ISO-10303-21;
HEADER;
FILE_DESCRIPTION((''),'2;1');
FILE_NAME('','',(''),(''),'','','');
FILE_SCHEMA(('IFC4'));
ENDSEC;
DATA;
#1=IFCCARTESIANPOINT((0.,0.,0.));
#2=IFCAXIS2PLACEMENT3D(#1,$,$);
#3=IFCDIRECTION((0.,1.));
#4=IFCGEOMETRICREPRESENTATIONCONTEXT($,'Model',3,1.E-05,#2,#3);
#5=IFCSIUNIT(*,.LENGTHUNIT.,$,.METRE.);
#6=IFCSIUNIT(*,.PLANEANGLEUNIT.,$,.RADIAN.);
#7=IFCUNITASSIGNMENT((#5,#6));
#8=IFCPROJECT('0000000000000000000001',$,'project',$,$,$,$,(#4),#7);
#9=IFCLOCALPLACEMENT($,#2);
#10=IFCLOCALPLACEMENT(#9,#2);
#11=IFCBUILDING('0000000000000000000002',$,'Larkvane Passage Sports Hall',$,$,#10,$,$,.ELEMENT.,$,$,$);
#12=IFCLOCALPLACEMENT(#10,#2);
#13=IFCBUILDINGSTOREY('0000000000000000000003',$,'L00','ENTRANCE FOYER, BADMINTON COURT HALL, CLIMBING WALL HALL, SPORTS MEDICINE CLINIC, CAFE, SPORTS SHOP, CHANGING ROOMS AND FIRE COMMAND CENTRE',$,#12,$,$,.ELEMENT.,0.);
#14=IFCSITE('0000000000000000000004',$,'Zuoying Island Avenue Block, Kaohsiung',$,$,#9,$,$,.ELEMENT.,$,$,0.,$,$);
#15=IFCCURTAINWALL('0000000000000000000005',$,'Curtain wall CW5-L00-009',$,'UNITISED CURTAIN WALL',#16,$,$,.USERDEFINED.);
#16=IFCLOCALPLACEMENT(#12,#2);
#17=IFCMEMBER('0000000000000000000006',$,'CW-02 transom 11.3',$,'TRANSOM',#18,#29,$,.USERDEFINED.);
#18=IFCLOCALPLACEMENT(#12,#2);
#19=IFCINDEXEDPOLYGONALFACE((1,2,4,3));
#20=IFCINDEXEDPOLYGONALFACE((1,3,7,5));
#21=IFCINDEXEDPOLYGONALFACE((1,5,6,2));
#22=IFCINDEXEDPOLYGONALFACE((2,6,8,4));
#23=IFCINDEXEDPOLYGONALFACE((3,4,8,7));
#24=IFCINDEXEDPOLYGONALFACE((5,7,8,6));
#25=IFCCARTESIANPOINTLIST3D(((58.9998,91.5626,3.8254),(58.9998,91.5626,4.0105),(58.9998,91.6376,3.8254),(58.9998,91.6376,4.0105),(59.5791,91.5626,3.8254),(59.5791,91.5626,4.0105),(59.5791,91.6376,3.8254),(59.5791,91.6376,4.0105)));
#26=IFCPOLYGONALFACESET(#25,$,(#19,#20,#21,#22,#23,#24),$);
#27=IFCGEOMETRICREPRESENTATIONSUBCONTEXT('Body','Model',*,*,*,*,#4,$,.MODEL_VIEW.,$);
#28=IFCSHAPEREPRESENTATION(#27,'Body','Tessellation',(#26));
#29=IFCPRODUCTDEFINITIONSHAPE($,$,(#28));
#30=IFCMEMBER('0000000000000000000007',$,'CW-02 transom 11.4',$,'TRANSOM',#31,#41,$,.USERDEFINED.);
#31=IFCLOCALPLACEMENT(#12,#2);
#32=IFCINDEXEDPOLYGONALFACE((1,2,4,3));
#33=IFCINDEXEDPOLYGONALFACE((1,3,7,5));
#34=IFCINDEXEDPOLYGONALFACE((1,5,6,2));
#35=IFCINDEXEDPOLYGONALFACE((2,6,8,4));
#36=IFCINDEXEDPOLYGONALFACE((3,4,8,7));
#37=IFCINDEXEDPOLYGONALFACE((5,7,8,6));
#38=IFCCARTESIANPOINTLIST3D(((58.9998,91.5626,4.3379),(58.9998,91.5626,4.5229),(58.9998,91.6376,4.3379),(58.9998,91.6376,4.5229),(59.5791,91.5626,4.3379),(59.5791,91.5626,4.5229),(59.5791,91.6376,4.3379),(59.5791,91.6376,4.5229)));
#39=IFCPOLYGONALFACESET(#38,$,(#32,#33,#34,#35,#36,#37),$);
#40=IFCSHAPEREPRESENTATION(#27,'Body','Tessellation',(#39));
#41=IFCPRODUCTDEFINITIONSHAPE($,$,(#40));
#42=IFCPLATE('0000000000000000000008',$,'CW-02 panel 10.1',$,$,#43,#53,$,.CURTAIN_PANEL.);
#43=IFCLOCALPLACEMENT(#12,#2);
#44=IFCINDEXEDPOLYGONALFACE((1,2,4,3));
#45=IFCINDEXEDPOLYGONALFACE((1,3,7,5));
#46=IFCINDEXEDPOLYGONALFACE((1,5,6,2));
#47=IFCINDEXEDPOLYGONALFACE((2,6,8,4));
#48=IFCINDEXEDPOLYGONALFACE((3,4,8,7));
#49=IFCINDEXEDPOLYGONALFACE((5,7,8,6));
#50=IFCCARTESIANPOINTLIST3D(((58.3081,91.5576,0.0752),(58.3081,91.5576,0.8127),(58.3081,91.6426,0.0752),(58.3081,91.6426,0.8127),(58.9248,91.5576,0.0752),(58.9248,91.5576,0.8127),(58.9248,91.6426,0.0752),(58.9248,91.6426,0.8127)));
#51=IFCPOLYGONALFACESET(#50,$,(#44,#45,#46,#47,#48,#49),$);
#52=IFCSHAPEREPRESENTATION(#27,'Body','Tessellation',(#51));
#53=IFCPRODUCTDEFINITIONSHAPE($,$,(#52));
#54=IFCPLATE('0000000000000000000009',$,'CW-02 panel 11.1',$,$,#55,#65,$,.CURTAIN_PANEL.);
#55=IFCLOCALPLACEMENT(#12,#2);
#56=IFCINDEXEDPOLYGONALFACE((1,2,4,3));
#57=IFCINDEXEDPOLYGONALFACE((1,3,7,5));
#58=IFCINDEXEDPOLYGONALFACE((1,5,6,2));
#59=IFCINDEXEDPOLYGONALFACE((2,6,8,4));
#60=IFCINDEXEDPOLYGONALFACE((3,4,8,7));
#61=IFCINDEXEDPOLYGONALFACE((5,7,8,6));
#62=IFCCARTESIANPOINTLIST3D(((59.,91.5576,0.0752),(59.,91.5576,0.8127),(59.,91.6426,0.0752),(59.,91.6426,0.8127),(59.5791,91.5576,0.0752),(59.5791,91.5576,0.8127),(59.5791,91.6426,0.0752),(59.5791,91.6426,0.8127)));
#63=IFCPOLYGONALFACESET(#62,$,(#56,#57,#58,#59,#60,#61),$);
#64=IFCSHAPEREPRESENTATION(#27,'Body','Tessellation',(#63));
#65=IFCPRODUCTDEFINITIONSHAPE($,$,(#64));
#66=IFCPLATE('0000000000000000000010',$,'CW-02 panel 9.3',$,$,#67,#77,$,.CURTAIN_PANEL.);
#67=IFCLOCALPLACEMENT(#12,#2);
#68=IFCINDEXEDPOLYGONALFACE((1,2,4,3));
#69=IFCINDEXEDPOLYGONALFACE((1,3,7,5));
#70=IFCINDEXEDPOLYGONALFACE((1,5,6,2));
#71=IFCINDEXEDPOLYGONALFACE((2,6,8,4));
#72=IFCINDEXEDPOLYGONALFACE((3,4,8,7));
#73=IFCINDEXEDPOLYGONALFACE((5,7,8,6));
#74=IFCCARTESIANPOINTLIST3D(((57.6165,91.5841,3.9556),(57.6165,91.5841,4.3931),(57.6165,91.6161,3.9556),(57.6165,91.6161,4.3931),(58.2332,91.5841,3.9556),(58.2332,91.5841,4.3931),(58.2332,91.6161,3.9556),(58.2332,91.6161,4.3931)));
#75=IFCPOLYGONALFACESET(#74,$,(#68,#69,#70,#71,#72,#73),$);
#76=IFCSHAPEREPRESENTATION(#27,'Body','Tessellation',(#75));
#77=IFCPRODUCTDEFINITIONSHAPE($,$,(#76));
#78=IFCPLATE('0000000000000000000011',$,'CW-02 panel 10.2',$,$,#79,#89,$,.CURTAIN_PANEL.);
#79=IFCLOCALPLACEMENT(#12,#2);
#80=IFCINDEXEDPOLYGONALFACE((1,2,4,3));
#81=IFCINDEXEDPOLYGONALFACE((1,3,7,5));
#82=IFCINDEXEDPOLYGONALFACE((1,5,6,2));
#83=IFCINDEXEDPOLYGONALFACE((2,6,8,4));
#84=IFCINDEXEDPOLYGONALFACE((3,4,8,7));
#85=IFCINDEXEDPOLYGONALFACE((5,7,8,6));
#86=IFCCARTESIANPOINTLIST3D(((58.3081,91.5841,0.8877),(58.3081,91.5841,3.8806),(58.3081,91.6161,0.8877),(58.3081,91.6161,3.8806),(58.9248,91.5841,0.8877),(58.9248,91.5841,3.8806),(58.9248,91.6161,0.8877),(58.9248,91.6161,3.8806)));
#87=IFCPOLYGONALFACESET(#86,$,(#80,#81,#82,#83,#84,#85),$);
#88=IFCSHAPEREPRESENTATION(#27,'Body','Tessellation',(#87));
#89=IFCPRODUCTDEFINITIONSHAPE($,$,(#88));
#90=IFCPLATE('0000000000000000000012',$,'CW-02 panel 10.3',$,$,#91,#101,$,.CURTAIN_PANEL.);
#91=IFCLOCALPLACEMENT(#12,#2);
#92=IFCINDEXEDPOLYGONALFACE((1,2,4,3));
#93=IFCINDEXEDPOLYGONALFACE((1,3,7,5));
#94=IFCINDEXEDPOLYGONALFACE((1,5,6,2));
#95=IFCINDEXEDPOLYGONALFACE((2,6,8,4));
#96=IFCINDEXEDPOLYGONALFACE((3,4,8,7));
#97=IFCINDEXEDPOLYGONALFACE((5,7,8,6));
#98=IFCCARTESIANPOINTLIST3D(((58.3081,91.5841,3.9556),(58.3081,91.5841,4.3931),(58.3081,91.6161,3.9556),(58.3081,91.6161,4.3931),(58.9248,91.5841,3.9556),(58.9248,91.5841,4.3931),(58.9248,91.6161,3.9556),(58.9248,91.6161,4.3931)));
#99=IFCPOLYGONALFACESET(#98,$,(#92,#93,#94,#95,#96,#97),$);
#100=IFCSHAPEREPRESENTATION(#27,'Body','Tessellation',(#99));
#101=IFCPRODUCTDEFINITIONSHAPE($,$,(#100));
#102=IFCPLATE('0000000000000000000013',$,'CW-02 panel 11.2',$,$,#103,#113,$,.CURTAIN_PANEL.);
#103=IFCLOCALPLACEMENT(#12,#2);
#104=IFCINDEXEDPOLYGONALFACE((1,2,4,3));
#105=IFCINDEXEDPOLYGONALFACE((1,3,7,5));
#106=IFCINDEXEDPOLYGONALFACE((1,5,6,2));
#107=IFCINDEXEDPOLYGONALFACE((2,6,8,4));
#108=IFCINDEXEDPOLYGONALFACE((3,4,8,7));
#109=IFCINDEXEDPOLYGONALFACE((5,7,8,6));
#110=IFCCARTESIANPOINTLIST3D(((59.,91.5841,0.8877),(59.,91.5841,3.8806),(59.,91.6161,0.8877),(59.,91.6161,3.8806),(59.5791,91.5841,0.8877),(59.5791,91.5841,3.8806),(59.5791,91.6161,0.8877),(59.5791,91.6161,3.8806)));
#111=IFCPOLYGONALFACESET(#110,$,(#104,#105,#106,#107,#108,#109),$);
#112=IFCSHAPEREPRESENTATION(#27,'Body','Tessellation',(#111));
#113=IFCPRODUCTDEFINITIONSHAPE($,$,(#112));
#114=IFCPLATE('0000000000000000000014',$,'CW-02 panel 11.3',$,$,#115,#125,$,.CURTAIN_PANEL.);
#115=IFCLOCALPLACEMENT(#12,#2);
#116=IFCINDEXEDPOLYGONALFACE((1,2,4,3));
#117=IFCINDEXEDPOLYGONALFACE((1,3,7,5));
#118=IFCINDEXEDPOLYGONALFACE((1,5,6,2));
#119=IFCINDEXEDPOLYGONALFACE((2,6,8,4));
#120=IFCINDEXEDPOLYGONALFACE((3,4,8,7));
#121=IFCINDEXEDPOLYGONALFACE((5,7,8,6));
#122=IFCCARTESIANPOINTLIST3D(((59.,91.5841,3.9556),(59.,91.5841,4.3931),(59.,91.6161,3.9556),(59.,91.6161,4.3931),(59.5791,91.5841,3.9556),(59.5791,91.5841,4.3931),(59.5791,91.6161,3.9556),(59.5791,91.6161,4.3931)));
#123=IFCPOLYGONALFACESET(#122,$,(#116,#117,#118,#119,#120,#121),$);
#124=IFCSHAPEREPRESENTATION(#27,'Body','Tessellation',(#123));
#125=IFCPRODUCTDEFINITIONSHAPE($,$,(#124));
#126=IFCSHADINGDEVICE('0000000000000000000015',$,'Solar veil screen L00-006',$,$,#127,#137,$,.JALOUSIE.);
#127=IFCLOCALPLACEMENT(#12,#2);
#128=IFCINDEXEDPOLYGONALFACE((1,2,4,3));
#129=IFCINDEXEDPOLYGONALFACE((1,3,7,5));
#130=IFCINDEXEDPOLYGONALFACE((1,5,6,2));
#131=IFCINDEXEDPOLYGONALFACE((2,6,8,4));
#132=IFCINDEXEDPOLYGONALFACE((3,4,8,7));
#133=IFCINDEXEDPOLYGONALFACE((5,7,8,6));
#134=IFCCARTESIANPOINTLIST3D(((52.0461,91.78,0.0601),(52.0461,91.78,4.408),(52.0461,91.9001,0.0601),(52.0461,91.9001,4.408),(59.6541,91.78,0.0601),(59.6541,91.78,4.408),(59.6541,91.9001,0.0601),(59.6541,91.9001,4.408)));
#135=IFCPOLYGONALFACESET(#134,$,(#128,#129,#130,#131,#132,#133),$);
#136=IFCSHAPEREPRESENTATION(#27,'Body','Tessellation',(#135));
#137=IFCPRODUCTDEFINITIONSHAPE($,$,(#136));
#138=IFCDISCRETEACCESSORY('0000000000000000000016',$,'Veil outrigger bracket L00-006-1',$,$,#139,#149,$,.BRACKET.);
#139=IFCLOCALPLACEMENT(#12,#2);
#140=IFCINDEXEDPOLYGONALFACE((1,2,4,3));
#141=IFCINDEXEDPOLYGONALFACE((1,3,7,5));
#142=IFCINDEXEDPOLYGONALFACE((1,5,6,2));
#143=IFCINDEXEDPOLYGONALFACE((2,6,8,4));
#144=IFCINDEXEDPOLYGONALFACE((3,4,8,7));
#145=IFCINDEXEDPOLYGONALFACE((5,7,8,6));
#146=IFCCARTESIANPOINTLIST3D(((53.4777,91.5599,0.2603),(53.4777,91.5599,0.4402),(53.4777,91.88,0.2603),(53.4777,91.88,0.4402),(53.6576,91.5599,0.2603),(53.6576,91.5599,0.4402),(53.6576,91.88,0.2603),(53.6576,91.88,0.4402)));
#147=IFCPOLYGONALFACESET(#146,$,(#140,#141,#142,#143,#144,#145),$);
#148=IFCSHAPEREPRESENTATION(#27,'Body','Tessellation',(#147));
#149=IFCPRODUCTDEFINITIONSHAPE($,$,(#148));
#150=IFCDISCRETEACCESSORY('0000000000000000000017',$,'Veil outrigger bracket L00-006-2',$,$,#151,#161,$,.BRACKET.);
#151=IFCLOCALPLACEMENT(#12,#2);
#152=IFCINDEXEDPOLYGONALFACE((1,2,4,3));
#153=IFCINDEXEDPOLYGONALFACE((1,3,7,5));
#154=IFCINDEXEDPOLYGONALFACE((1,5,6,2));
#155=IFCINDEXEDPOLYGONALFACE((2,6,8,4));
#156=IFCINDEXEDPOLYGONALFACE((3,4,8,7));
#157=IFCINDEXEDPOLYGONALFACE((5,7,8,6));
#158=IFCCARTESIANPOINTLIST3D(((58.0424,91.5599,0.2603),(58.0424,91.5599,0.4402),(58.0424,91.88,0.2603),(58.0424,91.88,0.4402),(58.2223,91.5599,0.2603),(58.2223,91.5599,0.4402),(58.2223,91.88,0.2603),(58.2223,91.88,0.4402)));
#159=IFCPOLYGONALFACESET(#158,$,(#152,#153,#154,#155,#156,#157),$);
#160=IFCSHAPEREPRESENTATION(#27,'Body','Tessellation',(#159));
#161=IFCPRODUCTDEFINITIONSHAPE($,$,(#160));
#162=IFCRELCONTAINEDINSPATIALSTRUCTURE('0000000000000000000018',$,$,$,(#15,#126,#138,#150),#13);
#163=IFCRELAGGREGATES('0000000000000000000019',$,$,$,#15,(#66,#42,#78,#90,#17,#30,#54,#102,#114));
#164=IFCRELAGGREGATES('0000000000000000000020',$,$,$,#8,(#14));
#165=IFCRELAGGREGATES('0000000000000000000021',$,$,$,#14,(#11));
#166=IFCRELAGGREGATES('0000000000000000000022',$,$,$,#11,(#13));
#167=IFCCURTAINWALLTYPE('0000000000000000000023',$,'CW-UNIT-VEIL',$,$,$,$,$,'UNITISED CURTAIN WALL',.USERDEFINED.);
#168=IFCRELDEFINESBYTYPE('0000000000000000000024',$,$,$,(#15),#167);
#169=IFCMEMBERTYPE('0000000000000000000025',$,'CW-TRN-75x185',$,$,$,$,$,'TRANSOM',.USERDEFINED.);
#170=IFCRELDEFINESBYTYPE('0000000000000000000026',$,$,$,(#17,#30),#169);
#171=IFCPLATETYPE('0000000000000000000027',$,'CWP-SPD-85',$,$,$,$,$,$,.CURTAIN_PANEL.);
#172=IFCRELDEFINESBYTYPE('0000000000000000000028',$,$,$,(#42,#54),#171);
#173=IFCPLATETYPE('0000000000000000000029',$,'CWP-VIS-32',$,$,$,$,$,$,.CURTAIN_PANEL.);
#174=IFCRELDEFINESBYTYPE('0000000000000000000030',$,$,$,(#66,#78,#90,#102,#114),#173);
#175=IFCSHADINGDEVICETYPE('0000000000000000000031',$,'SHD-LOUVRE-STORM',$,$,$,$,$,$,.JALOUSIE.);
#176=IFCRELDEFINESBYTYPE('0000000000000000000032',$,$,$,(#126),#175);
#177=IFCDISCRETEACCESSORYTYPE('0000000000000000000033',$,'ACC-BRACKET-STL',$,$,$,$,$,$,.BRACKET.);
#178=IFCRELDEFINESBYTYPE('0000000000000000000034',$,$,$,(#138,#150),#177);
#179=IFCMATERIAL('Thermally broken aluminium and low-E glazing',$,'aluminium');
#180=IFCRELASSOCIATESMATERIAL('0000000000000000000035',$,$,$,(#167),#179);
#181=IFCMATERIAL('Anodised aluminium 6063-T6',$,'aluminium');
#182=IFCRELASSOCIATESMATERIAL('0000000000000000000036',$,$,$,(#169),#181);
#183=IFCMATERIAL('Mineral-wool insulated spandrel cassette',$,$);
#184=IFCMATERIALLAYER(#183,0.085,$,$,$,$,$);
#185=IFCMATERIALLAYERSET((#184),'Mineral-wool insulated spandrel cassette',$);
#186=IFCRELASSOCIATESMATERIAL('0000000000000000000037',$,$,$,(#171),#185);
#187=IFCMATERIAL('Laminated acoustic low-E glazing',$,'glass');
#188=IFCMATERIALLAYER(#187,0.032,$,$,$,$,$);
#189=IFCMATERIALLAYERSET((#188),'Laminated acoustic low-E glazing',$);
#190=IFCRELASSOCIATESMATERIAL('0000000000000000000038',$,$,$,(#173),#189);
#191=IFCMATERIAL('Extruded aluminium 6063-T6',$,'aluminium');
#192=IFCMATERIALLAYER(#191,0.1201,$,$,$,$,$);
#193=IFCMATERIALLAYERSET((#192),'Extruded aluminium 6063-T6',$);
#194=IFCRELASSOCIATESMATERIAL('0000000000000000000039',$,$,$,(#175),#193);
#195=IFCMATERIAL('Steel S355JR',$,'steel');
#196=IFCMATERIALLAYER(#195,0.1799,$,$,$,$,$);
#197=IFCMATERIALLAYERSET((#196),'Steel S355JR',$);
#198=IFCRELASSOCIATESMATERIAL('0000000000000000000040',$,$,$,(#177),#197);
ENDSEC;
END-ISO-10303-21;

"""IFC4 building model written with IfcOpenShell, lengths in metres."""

from ifc_helpers import new_model, si_unit, direction, frame, origin, origin_2d, place, context, subcontext, project, spatial, rectangle, extrude, material, layer, layer_set, material_profile, profile_set, type_object, element, aggregate, save


model = new_model("IFC4")

# Units and contexts
model_context = context("Model", 3, precision=1e-05, world=origin(), true_north=direction((0.0, 1.0)))
body_context = subcontext(model_context, "Body", "Model", "MODEL_VIEW")
ifc_project = project(units=[si_unit("LENGTHUNIT", "METRE"), si_unit("PLANEANGLEUNIT", "RADIAN")], contexts=[model_context])

# Site, building, storey
site_placement = place(None, origin())
site = spatial("IfcSite", under=ifc_project, at=site_placement, Name="Zuoying Island Avenue Block, Kaohsiung", CompositionType="ELEMENT", RefElevation=0.0)
building_placement = place(site_placement, origin())
building = spatial("IfcBuilding", under=site, at=building_placement, Name="Larkvane Passage Sports Hall", CompositionType="ELEMENT")
storey_placement = place(building_placement, origin())
storey = spatial("IfcBuildingStorey", under=building, at=storey_placement, Name="L00", Description="ENTRANCE FOYER, BADMINTON COURT HALL, CLIMBING WALL HALL, SPORTS MEDICINE CLINIC, CAFE, SPORTS SHOP, CHANGING ROOMS AND FIRE COMMAND CENTRE", CompositionType="ELEMENT", Elevation=0.0)

# Curtain wall, members, plates
ifc_material_1 = material(Name="Thermally broken aluminium and low-E glazing", Category="aluminium")
curtain_wall_type = type_object("IfcCurtainWallType", Name="CW-UNIT-VEIL", ElementType="UNITISED CURTAIN WALL", PredefinedType="USERDEFINED", material=ifc_material_1)
curtain_wall_placement = place(storey_placement, origin())
curtain_wall = element("IfcCurtainWall", 1, at=curtain_wall_placement, inside=storey, type_object=curtain_wall_type, Name="Curtain wall CW5-L00-009", ObjectType="UNITISED CURTAIN WALL", PredefinedType="USERDEFINED")
ifc_material_2 = material(Name="Anodised aluminium 6063-T6", Category="aluminium")
ifc_material_profile_1 = material_profile(ifc_material_2, rectangle(XDim=0.075, YDim=0.1851, at=origin_2d()), Name="ALU-TRN-75x185")
ifc_profile_set_1 = profile_set([ifc_material_profile_1], Name="Anodised aluminium 6063-T6")
member_type_1 = type_object("IfcMemberType", Name="CW-TRN-75x185", ElementType="TRANSOM", PredefinedType="USERDEFINED", material=ifc_profile_set_1)
member_1_placement = place(storey_placement, frame((58.9998, 91.6001, 3.918), z_axis=(1.0, 0.0, 0.0), x_axis=(0.0, 1.0, 0.0)))
member_1 = element("IfcMember", 2, at=member_1_placement, type_object=member_type_1, Name="CW-02 transom 11.3", ObjectType="TRANSOM", PredefinedType="USERDEFINED", context=body_context, shape_type="SweptSolid", body=[
    extrude(rectangle(XDim=0.075, YDim=0.1851, at=origin_2d()), origin(), (0.0, 0.0, 1.0), 0.5793),
])
member_2_placement = place(storey_placement, frame((58.9998, 91.6001, 4.4304), z_axis=(1.0, 0.0, 0.0), x_axis=(0.0, 1.0, 0.0)))
member_2 = element("IfcMember", 3, at=member_2_placement, type_object=member_type_1, Name="CW-02 transom 11.4", ObjectType="TRANSOM", PredefinedType="USERDEFINED", context=body_context, shape_type="SweptSolid", body=[
    extrude(rectangle(XDim=0.075, YDim=0.1851, at=origin_2d()), origin(), (0.0, 0.0, 1.0), 0.5793),
])
ifc_material_3 = material(Name="Mineral-wool insulated spandrel cassette")
ifc_layer_1 = layer(ifc_material_3, 0.085)
ifc_layer_set_1 = layer_set([ifc_layer_1], Name="Mineral-wool insulated spandrel cassette")
plate_type_1 = type_object("IfcPlateType", Name="CWP-SPD-85", PredefinedType="CURTAIN_PANEL", material=ifc_layer_set_1)
plate_1_placement = place(storey_placement, frame((58.6165, 91.6001, 0.0752), z_axis=(0.0, 0.0, 1.0), x_axis=(1.0, 0.0, 0.0)))
plate_1 = element("IfcPlate", 4, at=plate_1_placement, type_object=plate_type_1, Name="CW-02 panel 10.1", PredefinedType="CURTAIN_PANEL", context=body_context, shape_type="SweptSolid", body=[
    extrude(rectangle(XDim=0.6167, YDim=0.085, at=origin_2d()), origin(), (0.0, 0.0, 1.0), 0.7375),
])
plate_2_placement = place(storey_placement, frame((59.2896, 91.6001, 0.0752), z_axis=(0.0, 0.0, 1.0), x_axis=(1.0, 0.0, 0.0)))
plate_2 = element("IfcPlate", 5, at=plate_2_placement, type_object=plate_type_1, Name="CW-02 panel 11.1", PredefinedType="CURTAIN_PANEL", context=body_context, shape_type="SweptSolid", body=[
    extrude(rectangle(XDim=0.5791, YDim=0.085, at=origin_2d()), origin(), (0.0, 0.0, 1.0), 0.7375),
])
ifc_material_4 = material(Name="Laminated acoustic low-E glazing", Category="glass")
ifc_layer_2 = layer(ifc_material_4, 0.032)
ifc_layer_set_2 = layer_set([ifc_layer_2], Name="Laminated acoustic low-E glazing")
plate_type_2 = type_object("IfcPlateType", Name="CWP-VIS-32", PredefinedType="CURTAIN_PANEL", material=ifc_layer_set_2)
plate_3_placement = place(storey_placement, frame((57.9248, 91.6001, 3.9556), z_axis=(0.0, 0.0, 1.0), x_axis=(1.0, 0.0, 0.0)))
plate_3 = element("IfcPlate", 6, at=plate_3_placement, type_object=plate_type_2, Name="CW-02 panel 9.3", PredefinedType="CURTAIN_PANEL", context=body_context, shape_type="SweptSolid", body=[
    extrude(rectangle(XDim=0.6167, YDim=0.032, at=origin_2d()), origin(), (0.0, 0.0, 1.0), 0.4375),
])
plate_4_placement = place(storey_placement, frame((58.6165, 91.6001, 0.8877), z_axis=(0.0, 0.0, 1.0), x_axis=(1.0, 0.0, 0.0)))
plate_4 = element("IfcPlate", 7, at=plate_4_placement, type_object=plate_type_2, Name="CW-02 panel 10.2", PredefinedType="CURTAIN_PANEL", context=body_context, shape_type="SweptSolid", body=[
    extrude(rectangle(XDim=0.6167, YDim=0.032, at=origin_2d()), origin(), (0.0, 0.0, 1.0), 2.9929),
])
plate_5_placement = place(storey_placement, frame((58.6165, 91.6001, 3.9556), z_axis=(0.0, 0.0, 1.0), x_axis=(1.0, 0.0, 0.0)))
plate_5 = element("IfcPlate", 8, at=plate_5_placement, type_object=plate_type_2, Name="CW-02 panel 10.3", PredefinedType="CURTAIN_PANEL", context=body_context, shape_type="SweptSolid", body=[
    extrude(rectangle(XDim=0.6167, YDim=0.032, at=origin_2d()), origin(), (0.0, 0.0, 1.0), 0.4375),
])
plate_6_placement = place(storey_placement, frame((59.2896, 91.6001, 0.8877), z_axis=(0.0, 0.0, 1.0), x_axis=(1.0, 0.0, 0.0)))
plate_6 = element("IfcPlate", 9, at=plate_6_placement, type_object=plate_type_2, Name="CW-02 panel 11.2", PredefinedType="CURTAIN_PANEL", context=body_context, shape_type="SweptSolid", body=[
    extrude(rectangle(XDim=0.5791, YDim=0.032, at=origin_2d()), origin(), (0.0, 0.0, 1.0), 2.9929),
])
plate_7_placement = place(storey_placement, frame((59.2896, 91.6001, 3.9556), z_axis=(0.0, 0.0, 1.0), x_axis=(1.0, 0.0, 0.0)))
plate_7 = element("IfcPlate", 10, at=plate_7_placement, type_object=plate_type_2, Name="CW-02 panel 11.3", PredefinedType="CURTAIN_PANEL", context=body_context, shape_type="SweptSolid", body=[
    extrude(rectangle(XDim=0.5791, YDim=0.032, at=origin_2d()), origin(), (0.0, 0.0, 1.0), 0.4375),
])
aggregate(curtain_wall, [plate_3, plate_1, plate_4, plate_5, member_1, member_2, plate_2, plate_6, plate_7])

# Shading device
ifc_material_5 = material(Name="Extruded aluminium 6063-T6", Category="aluminium")
ifc_layer_3 = layer(ifc_material_5, 0.1201)
ifc_layer_set_3 = layer_set([ifc_layer_3], Name="Extruded aluminium 6063-T6")
shading_device_type = type_object("IfcShadingDeviceType", Name="SHD-LOUVRE-STORM", PredefinedType="JALOUSIE", material=ifc_layer_set_3)
shading_device_placement = place(storey_placement, frame((55.8501, 91.8401, 0.0601), z_axis=(0.0, 0.0, 1.0), x_axis=(1.0, 0.0, 0.0)))
element("IfcShadingDevice", 11, at=shading_device_placement, inside=storey, type_object=shading_device_type, Name="Solar veil screen L00-006", PredefinedType="JALOUSIE", context=body_context, shape_type="SweptSolid", body=[
    extrude(rectangle(XDim=7.6079, YDim=0.1201, at=origin_2d()), origin(), (0.0, 0.0, 1.0), 4.3479),
])

# Discrete accessories
ifc_material_6 = material(Name="Steel S355JR", Category="steel")
ifc_layer_4 = layer(ifc_material_6, 0.1799)
ifc_layer_set_4 = layer_set([ifc_layer_4], Name="Steel S355JR")
discrete_accessory_type = type_object("IfcDiscreteAccessoryType", Name="ACC-BRACKET-STL", PredefinedType="BRACKET", material=ifc_layer_set_4)
for number, where, z_axis, x_axis, name in (
    (12, (53.5676, 91.72, 0.2603), (0.0, 0.0, 1.0), (1.0, 0.0, 0.0), "Veil outrigger bracket L00-006-1"),
    (13, (58.1323, 91.72, 0.2603), (0.0, 0.0, 1.0), (1.0, 0.0, 0.0), "Veil outrigger bracket L00-006-2"),
):
    element("IfcDiscreteAccessory", number, at=place(storey_placement, frame(where, z_axis=z_axis, x_axis=x_axis)), inside=storey, type_object=discrete_accessory_type, Name=name, PredefinedType="BRACKET", context=body_context, shape_type="SweptSolid", body=[
        extrude(rectangle(XDim=0.1799, YDim=0.3201, at=origin_2d()), origin(), (0.0, 0.0, 1.0), 0.1799),
    ])

save(model, "model.ifc")
